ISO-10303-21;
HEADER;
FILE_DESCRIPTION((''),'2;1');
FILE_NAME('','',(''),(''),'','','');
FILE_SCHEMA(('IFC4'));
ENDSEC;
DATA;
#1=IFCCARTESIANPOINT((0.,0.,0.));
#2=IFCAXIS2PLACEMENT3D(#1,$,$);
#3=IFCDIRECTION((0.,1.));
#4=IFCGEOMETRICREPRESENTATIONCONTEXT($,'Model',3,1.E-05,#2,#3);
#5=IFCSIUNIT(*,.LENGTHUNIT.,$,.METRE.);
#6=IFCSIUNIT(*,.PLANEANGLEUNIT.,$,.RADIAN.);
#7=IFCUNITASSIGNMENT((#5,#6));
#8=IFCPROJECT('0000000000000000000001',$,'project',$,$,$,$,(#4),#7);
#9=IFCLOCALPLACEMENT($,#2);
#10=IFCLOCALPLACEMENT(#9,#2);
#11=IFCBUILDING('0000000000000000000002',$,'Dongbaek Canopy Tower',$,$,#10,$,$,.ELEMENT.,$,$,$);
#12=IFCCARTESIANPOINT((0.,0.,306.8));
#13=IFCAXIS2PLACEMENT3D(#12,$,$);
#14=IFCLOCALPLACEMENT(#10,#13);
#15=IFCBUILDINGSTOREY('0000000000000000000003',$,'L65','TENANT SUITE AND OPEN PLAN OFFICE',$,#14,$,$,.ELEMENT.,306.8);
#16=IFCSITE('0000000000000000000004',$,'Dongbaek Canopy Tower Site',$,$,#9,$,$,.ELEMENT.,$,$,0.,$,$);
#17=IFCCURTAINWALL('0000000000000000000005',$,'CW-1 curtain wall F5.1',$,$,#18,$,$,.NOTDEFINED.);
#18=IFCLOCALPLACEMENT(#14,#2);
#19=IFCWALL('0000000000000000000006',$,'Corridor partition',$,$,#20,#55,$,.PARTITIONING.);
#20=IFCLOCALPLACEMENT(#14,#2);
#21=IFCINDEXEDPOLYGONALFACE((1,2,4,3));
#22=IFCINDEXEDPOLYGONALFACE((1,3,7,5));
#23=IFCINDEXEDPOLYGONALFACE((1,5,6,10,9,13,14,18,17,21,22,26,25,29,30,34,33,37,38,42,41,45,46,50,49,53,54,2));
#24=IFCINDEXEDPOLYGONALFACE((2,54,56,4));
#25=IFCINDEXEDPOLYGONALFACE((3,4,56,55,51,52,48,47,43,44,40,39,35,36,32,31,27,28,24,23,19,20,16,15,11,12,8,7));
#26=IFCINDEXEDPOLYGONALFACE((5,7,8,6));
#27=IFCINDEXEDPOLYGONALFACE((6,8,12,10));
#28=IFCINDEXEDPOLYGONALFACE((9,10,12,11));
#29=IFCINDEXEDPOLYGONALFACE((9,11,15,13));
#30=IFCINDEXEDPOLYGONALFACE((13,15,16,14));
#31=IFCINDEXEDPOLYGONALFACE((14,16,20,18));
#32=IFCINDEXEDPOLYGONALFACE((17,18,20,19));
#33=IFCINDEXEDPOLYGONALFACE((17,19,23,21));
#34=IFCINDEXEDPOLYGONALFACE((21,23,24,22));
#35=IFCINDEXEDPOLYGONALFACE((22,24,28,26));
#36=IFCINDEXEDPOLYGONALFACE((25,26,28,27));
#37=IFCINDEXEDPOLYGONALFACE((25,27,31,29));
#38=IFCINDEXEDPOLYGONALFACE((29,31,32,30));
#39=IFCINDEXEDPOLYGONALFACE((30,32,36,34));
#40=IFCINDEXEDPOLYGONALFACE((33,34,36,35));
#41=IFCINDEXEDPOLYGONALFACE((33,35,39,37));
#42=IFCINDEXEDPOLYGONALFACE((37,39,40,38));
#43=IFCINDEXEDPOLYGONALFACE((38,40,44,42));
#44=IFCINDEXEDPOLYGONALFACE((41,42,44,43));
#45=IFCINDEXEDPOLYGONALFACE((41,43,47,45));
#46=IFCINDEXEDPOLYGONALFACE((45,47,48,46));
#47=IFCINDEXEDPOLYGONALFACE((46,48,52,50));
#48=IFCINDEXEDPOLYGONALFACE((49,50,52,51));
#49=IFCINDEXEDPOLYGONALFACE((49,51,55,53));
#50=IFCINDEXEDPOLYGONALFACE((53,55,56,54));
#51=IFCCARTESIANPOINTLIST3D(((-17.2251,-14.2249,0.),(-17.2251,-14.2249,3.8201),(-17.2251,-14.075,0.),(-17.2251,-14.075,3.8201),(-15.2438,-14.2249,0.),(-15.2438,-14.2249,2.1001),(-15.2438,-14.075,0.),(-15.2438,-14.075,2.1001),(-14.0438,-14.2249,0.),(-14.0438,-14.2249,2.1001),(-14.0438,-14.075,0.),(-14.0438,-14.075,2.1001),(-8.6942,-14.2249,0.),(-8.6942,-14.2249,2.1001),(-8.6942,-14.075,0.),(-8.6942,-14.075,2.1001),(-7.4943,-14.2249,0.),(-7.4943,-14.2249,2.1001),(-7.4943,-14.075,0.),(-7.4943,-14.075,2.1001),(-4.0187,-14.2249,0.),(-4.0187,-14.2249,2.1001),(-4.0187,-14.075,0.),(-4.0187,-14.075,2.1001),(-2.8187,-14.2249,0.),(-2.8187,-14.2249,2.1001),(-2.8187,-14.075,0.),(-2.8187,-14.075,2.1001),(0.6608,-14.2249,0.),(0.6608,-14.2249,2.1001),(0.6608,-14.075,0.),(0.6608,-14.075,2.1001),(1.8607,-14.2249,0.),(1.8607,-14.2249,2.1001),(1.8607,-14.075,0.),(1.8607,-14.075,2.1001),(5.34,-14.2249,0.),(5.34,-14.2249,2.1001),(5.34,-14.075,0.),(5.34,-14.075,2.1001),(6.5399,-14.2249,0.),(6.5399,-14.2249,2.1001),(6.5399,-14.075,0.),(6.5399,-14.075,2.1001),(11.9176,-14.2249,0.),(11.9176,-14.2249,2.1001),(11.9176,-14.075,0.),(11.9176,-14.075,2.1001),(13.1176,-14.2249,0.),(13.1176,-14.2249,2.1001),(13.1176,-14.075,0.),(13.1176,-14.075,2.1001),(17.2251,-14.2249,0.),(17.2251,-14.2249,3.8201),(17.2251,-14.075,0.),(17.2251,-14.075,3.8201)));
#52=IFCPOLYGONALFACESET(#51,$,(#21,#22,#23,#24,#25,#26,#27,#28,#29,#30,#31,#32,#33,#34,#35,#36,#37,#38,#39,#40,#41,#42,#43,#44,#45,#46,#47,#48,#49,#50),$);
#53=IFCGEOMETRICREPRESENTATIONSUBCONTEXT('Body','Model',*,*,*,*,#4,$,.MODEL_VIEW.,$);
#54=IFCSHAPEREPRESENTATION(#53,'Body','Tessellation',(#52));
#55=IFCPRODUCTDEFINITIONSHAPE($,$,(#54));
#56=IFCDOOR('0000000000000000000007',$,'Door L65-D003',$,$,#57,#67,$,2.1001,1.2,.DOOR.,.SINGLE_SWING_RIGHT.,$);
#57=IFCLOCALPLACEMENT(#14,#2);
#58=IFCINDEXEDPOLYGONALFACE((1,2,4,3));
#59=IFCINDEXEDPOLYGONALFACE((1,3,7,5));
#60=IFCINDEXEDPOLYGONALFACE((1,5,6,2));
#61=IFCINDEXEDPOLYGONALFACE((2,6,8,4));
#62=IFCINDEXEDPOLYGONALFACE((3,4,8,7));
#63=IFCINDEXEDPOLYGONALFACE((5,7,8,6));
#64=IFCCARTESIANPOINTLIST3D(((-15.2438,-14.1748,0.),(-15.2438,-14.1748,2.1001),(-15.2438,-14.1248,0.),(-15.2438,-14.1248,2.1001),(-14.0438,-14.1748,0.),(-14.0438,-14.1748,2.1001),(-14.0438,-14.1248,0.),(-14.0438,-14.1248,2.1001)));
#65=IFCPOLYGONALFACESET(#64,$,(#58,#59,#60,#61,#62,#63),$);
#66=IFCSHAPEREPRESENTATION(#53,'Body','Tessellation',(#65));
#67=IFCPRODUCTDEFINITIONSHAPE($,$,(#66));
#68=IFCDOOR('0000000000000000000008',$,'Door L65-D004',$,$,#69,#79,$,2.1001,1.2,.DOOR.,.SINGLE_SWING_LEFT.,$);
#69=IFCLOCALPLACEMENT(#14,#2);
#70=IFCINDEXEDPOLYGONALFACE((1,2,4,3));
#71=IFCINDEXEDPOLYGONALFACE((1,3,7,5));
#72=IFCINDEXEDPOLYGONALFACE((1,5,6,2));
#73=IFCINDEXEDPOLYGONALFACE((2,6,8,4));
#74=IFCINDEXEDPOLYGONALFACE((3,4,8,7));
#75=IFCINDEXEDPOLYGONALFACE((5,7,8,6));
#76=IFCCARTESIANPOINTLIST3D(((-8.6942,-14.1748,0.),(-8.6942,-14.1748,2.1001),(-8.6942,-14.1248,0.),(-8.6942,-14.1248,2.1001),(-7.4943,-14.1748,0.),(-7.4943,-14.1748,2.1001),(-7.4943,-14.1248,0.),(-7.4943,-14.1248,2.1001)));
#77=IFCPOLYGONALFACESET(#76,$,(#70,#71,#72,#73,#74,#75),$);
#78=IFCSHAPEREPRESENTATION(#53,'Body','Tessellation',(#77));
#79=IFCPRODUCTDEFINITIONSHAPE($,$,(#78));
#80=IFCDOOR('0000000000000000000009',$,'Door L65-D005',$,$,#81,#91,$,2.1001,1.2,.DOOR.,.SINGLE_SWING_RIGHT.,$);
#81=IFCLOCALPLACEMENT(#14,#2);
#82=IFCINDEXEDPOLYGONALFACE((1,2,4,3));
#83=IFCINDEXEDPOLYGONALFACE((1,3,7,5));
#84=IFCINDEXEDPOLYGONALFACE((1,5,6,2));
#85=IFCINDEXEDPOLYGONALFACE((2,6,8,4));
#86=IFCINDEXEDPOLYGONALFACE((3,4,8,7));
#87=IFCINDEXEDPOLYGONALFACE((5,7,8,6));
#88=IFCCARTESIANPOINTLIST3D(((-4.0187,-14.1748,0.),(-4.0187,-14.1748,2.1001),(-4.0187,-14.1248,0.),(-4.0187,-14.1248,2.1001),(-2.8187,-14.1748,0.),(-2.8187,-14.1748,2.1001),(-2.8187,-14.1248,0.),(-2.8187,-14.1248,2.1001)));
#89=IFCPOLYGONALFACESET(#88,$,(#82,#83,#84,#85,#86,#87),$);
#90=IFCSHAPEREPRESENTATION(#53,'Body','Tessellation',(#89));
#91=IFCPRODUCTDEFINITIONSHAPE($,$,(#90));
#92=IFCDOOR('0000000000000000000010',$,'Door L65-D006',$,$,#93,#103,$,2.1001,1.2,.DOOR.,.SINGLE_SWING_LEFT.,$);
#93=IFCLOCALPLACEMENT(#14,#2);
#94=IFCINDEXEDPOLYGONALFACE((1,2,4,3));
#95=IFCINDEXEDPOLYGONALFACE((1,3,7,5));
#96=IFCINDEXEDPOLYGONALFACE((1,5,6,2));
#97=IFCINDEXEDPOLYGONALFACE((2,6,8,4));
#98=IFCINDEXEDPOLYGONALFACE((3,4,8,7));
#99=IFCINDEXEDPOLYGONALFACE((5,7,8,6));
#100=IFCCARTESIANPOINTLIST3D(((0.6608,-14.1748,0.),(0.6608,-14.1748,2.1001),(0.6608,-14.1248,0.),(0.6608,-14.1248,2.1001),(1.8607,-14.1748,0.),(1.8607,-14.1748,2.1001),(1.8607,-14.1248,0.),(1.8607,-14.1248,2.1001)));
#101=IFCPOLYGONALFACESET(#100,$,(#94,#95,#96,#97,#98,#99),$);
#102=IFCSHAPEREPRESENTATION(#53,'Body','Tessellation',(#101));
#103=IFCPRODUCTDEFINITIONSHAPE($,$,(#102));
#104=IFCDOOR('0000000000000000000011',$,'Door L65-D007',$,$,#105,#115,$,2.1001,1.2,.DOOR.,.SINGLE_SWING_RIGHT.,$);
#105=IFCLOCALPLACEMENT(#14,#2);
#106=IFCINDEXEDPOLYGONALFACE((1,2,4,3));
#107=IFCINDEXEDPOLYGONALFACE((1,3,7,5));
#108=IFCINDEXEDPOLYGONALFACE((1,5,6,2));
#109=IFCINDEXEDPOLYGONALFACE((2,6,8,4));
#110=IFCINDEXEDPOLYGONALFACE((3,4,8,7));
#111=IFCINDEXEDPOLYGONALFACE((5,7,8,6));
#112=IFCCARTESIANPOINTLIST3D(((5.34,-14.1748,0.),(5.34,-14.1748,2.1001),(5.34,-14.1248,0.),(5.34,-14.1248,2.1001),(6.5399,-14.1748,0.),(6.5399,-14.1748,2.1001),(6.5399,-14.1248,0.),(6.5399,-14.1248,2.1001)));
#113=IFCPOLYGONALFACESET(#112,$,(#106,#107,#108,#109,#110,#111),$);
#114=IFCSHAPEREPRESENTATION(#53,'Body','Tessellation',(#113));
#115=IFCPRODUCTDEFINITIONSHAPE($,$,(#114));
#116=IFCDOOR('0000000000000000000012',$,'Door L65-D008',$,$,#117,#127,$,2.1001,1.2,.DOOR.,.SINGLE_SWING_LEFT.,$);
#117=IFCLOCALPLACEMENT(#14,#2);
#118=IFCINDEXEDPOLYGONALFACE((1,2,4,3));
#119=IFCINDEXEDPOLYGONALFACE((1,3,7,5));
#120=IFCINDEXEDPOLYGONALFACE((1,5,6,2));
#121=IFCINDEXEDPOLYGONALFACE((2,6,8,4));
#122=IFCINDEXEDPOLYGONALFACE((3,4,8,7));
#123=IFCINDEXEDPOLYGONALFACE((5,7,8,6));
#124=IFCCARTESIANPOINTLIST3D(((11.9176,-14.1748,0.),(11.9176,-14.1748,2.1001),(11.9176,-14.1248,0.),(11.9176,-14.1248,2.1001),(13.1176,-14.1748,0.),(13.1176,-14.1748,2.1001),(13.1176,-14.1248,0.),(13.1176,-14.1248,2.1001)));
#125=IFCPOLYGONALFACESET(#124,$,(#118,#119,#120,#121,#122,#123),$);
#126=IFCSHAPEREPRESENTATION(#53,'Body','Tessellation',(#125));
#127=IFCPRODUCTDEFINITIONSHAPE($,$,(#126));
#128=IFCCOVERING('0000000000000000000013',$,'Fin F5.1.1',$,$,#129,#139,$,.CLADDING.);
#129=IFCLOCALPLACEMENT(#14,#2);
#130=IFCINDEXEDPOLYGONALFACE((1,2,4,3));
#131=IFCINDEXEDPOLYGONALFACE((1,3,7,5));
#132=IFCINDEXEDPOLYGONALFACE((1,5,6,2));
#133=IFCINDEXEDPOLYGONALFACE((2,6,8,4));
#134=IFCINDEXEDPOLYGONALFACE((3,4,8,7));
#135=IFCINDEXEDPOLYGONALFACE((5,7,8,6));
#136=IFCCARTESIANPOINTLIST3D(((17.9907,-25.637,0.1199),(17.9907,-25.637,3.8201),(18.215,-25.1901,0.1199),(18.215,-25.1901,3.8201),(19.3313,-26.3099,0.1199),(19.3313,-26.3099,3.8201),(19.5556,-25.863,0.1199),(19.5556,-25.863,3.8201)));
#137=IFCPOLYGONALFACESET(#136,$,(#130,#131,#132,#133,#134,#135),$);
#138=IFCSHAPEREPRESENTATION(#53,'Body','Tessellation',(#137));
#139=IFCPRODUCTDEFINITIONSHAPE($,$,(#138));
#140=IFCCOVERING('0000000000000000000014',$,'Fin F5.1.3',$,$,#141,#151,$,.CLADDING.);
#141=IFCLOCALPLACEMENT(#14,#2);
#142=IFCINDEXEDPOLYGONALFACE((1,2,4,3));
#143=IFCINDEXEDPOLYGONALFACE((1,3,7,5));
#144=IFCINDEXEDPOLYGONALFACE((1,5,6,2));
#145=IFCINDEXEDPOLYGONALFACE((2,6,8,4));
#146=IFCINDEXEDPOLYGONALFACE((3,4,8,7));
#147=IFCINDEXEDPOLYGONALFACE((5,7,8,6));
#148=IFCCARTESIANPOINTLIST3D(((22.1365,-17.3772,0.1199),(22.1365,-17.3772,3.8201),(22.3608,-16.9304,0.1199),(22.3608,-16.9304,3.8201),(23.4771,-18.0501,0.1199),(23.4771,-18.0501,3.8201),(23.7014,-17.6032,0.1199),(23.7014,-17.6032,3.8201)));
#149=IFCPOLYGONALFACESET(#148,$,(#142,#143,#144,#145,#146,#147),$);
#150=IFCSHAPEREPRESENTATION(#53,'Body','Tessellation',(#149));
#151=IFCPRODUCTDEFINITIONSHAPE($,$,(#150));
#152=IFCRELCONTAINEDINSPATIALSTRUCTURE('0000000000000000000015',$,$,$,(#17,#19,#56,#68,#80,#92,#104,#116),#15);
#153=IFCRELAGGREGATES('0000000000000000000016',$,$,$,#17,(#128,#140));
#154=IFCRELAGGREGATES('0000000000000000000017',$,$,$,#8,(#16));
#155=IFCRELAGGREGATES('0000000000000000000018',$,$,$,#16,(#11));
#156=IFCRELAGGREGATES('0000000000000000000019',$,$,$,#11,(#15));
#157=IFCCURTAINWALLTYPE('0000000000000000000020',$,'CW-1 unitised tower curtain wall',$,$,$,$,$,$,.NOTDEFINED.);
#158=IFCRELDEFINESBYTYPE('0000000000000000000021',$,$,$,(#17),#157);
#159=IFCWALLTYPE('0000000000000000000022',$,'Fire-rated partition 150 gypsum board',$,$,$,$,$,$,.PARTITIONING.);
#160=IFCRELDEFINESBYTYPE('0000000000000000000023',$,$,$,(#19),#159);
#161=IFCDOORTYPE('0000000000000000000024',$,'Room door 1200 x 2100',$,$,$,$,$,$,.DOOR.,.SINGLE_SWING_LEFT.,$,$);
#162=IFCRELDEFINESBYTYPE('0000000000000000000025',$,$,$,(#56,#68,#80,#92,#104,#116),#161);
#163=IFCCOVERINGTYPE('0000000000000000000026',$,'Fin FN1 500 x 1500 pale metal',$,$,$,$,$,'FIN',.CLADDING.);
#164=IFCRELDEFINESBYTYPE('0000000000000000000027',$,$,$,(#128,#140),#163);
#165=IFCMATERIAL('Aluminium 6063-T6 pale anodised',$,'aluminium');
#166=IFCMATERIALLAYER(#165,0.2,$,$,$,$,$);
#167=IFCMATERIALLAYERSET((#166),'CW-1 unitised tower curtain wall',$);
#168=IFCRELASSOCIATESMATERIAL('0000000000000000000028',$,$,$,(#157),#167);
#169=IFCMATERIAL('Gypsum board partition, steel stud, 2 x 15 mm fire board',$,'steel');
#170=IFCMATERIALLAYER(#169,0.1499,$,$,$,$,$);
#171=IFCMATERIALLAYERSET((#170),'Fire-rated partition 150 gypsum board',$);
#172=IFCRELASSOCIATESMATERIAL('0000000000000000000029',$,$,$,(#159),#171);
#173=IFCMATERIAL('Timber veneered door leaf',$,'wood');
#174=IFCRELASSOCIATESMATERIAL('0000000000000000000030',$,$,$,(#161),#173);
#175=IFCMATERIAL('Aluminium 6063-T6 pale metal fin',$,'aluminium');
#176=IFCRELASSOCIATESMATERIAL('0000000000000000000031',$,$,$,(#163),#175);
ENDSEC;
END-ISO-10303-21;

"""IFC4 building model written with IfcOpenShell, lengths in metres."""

from ifc_helpers import new_model, si_unit, direction, frame, frame_2d, origin, origin_2d, place, context, subcontext, project, spatial, rectangle, extrude, material, layer, layer_set, material_profile, profile_set, type_object, element, fill, aggregate, save


model = new_model("IFC4")

# Units and contexts
model_context = context("Model", 3, precision=1e-05, world=origin(), true_north=direction((0.0, 1.0)))
body_context = subcontext(model_context, "Body", "Model", "MODEL_VIEW")
ifc_project = project(units=[si_unit("LENGTHUNIT", "METRE"), si_unit("PLANEANGLEUNIT", "RADIAN")], contexts=[model_context])

# Site, building, storey
site_placement = place(None, origin())
site = spatial("IfcSite", under=ifc_project, at=site_placement, Name="Dongbaek Canopy Tower Site", CompositionType="ELEMENT", RefElevation=0.0)
building_placement = place(site_placement, origin())
building = spatial("IfcBuilding", under=site, at=building_placement, Name="Dongbaek Canopy Tower", CompositionType="ELEMENT")
storey_placement = place(building_placement, frame((0.0, 0.0, 306.8)))
storey = spatial("IfcBuildingStorey", under=building, at=storey_placement, Name="L65", Description="TENANT SUITE AND OPEN PLAN OFFICE", CompositionType="ELEMENT", Elevation=306.8)

# Curtain wall
ifc_material_1 = material(Name="Aluminium 6063-T6 pale anodised", Category="aluminium")
ifc_layer_1 = layer(ifc_material_1, 0.2)
ifc_layer_set_1 = layer_set([ifc_layer_1], Name="CW-1 unitised tower curtain wall")
curtain_wall_type = type_object("IfcCurtainWallType", Name="CW-1 unitised tower curtain wall", PredefinedType="NOTDEFINED", material=ifc_layer_set_1)
curtain_wall_1_placement = place(storey_placement, origin())
curtain_wall_1 = element("IfcCurtainWall", 1, at=curtain_wall_1_placement, inside=storey, type_object=curtain_wall_type, Name="CW-1 curtain wall F5.1", PredefinedType="NOTDEFINED")

# Wall, openings, doors
ifc_material_2 = material(Name="Gypsum board partition, steel stud, 2 x 15 mm fire board", Category="steel")
ifc_layer_2 = layer(ifc_material_2, 0.1499)
ifc_layer_set_2 = layer_set([ifc_layer_2], Name="Fire-rated partition 150 gypsum board")
wall_type = type_object("IfcWallType", Name="Fire-rated partition 150 gypsum board", PredefinedType="PARTITIONING", material=ifc_layer_set_2)
wall_placement = place(storey_placement, frame((17.2251, -14.1499, 0.0), z_axis=(0.0, 0.0, 1.0), x_axis=(-1.0, 0.0, 0.0)))
wall = element("IfcWall", 2, at=wall_placement, inside=storey, type_object=wall_type, Name="Corridor partition", PredefinedType="PARTITIONING", context=body_context, shape_type="SweptSolid", body=[
    extrude(rectangle(XDim=34.4502, YDim=0.1499, at=frame_2d((17.2251, 0.0))), origin(), (0.0, 0.0, 1.0), 3.8201),
])
opening_1_placement = place(wall_placement, frame((31.2688, 0.0, 0.0)))
opening_1 = element("IfcOpeningElement", 3, at=opening_1_placement, cuts=wall, PredefinedType="OPENING", context=body_context, shape_type="SweptSolid", body=[
    extrude(rectangle(XDim=1.2, YDim=2.1001, at=frame_2d((0.6001, 1.05))), frame((0.0, 0.085, 0.0), z_axis=(0.0, -1.0, 0.0), x_axis=(1.0, 0.0, 0.0)), (0.0, 0.0, 1.0), 0.1699),
])
opening_2_placement = place(wall_placement, frame((24.7192, 0.0, 0.0)))
opening_2 = element("IfcOpeningElement", 4, at=opening_2_placement, cuts=wall, PredefinedType="OPENING", context=body_context, shape_type="SweptSolid", body=[
    extrude(rectangle(XDim=1.2, YDim=2.1001, at=frame_2d((0.6001, 1.05))), frame((0.0, 0.085, 0.0), z_axis=(0.0, -1.0, 0.0), x_axis=(1.0, 0.0, 0.0)), (0.0, 0.0, 1.0), 0.1699),
])
opening_3_placement = place(wall_placement, frame((20.0437, 0.0, 0.0)))
opening_3 = element("IfcOpeningElement", 5, at=opening_3_placement, cuts=wall, PredefinedType="OPENING", context=body_context, shape_type="SweptSolid", body=[
    extrude(rectangle(XDim=1.2, YDim=2.1001, at=frame_2d((0.6001, 1.05))), frame((0.0, 0.085, 0.0), z_axis=(0.0, -1.0, 0.0), x_axis=(1.0, 0.0, 0.0)), (0.0, 0.0, 1.0), 0.1699),
])
opening_4_placement = place(wall_placement, frame((15.3643, 0.0, 0.0)))
opening_4 = element("IfcOpeningElement", 6, at=opening_4_placement, cuts=wall, PredefinedType="OPENING", context=body_context, shape_type="SweptSolid", body=[
    extrude(rectangle(XDim=1.2, YDim=2.1001, at=frame_2d((0.6001, 1.05))), frame((0.0, 0.085, 0.0), z_axis=(0.0, -1.0, 0.0), x_axis=(1.0, 0.0, 0.0)), (0.0, 0.0, 1.0), 0.1699),
])
opening_5_placement = place(wall_placement, frame((10.6851, 0.0, 0.0)))
opening_5 = element("IfcOpeningElement", 7, at=opening_5_placement, cuts=wall, PredefinedType="OPENING", context=body_context, shape_type="SweptSolid", body=[
    extrude(rectangle(XDim=1.2, YDim=2.1001, at=frame_2d((0.6001, 1.05))), frame((0.0, 0.085, 0.0), z_axis=(0.0, -1.0, 0.0), x_axis=(1.0, 0.0, 0.0)), (0.0, 0.0, 1.0), 0.1699),
])
opening_6_placement = place(wall_placement, frame((4.1074, 0.0, 0.0)))
opening_6 = element("IfcOpeningElement", 8, at=opening_6_placement, cuts=wall, PredefinedType="OPENING", context=body_context, shape_type="SweptSolid", body=[
    extrude(rectangle(XDim=1.2, YDim=2.1001, at=frame_2d((0.6001, 1.05))), frame((0.0, 0.085, 0.0), z_axis=(0.0, -1.0, 0.0), x_axis=(1.0, 0.0, 0.0)), (0.0, 0.0, 1.0), 0.1699),
])
ifc_material_3 = material(Name="Timber veneered door leaf", Category="wood")
door_type = type_object("IfcDoorType", Name="Room door 1200 x 2100", OperationType="SINGLE_SWING_LEFT", PredefinedType="DOOR", material=ifc_material_3)
door_1_placement = place(opening_1_placement, origin())
door_1 = element("IfcDoor", 9, at=door_1_placement, inside=storey, type_object=door_type, Name="Door L65-D003", OperationType="SINGLE_SWING_RIGHT", OverallHeight=2.1001, OverallWidth=1.2, PredefinedType="DOOR", context=body_context, shape_type="SweptSolid", body=[
    extrude(rectangle(XDim=1.2, YDim=2.1001, at=frame_2d((0.6001, 1.05))), frame((0.0, 0.0249, 0.0), z_axis=(0.0, -1.0, 0.0), x_axis=(1.0, 0.0, 0.0)), (0.0, 0.0, 1.0), 0.05),
])
fill(opening_1, door_1)
door_2_placement = place(opening_2_placement, origin())
door_2 = element("IfcDoor", 10, at=door_2_placement, inside=storey, type_object=door_type, Name="Door L65-D004", OperationType="SINGLE_SWING_LEFT", OverallHeight=2.1001, OverallWidth=1.2, PredefinedType="DOOR", context=body_context, shape_type="SweptSolid", body=[
    extrude(rectangle(XDim=1.2, YDim=2.1001, at=frame_2d((0.6001, 1.05))), frame((0.0, 0.0249, 0.0), z_axis=(0.0, -1.0, 0.0), x_axis=(1.0, 0.0, 0.0)), (0.0, 0.0, 1.0), 0.05),
])
fill(opening_2, door_2)
door_3_placement = place(opening_3_placement, origin())
door_3 = element("IfcDoor", 11, at=door_3_placement, inside=storey, type_object=door_type, Name="Door L65-D005", OperationType="SINGLE_SWING_RIGHT", OverallHeight=2.1001, OverallWidth=1.2, PredefinedType="DOOR", context=body_context, shape_type="SweptSolid", body=[
    extrude(rectangle(XDim=1.2, YDim=2.1001, at=frame_2d((0.6001, 1.05))), frame((0.0, 0.0249, 0.0), z_axis=(0.0, -1.0, 0.0), x_axis=(1.0, 0.0, 0.0)), (0.0, 0.0, 1.0), 0.05),
])
fill(opening_3, door_3)
door_4_placement = place(opening_4_placement, origin())
door_4 = element("IfcDoor", 12, at=door_4_placement, inside=storey, type_object=door_type, Name="Door L65-D006", OperationType="SINGLE_SWING_LEFT", OverallHeight=2.1001, OverallWidth=1.2, PredefinedType="DOOR", context=body_context, shape_type="SweptSolid", body=[
    extrude(rectangle(XDim=1.2, YDim=2.1001, at=frame_2d((0.6001, 1.05))), frame((0.0, 0.0249, 0.0), z_axis=(0.0, -1.0, 0.0), x_axis=(1.0, 0.0, 0.0)), (0.0, 0.0, 1.0), 0.05),
])
fill(opening_4, door_4)
door_5_placement = place(opening_5_placement, origin())
door_5 = element("IfcDoor", 13, at=door_5_placement, inside=storey, type_object=door_type, Name="Door L65-D007", OperationType="SINGLE_SWING_RIGHT", OverallHeight=2.1001, OverallWidth=1.2, PredefinedType="DOOR", context=body_context, shape_type="SweptSolid", body=[
    extrude(rectangle(XDim=1.2, YDim=2.1001, at=frame_2d((0.6001, 1.05))), frame((0.0, 0.0249, 0.0), z_axis=(0.0, -1.0, 0.0), x_axis=(1.0, 0.0, 0.0)), (0.0, 0.0, 1.0), 0.05),
])
fill(opening_5, door_5)
door_6_placement = place(opening_6_placement, origin())
door_6 = element("IfcDoor", 14, at=door_6_placement, inside=storey, type_object=door_type, Name="Door L65-D008", OperationType="SINGLE_SWING_LEFT", OverallHeight=2.1001, OverallWidth=1.2, PredefinedType="DOOR", context=body_context, shape_type="SweptSolid", body=[
    extrude(rectangle(XDim=1.2, YDim=2.1001, at=frame_2d((0.6001, 1.05))), frame((0.0, 0.0249, 0.0), z_axis=(0.0, -1.0, 0.0), x_axis=(1.0, 0.0, 0.0)), (0.0, 0.0, 1.0), 0.05),
])
fill(opening_6, door_6)

# Coverings
ifc_material_4 = material(Name="Aluminium 6063-T6 pale metal fin", Category="aluminium")
ifc_material_profile_1 = material_profile(ifc_material_4, rectangle(XDim=1.5, YDim=0.5, at=origin_2d()), Name="Fin FN1 500 x 1500 pale metal")
ifc_profile_set_1 = profile_set([ifc_material_profile_1], Name="Aluminium 6063-T6 pale metal fin")
covering_type = type_object("IfcCoveringType", Name="Fin FN1 500 x 1500 pale metal", ElementType="FIN", PredefinedType="CLADDING", material=ifc_profile_set_1)
covering_1_placement = place(storey_placement, frame((18.7732, -25.75, 0.1199), z_axis=(0.0, 0.0, 1.0), x_axis=(0.893733, -0.448598, 0.0)))
covering_1 = element("IfcCovering", 15, at=covering_1_placement, type_object=covering_type, Name="Fin F5.1.1", PredefinedType="CLADDING", context=body_context, shape_type="SweptSolid", body=[
    extrude(rectangle(XDim=1.5, YDim=0.5, at=origin_2d()), origin(), (0.0, 0.0, 1.0), 3.7002),
])
covering_2_placement = place(storey_placement, frame((22.9189, -17.4902, 0.1199), z_axis=(0.0, 0.0, 1.0), x_axis=(0.893733, -0.448598, 0.0)))
covering_2 = element("IfcCovering", 16, at=covering_2_placement, type_object=covering_type, Name="Fin F5.1.3", PredefinedType="CLADDING", context=body_context, shape_type="SweptSolid", body=[
    extrude(rectangle(XDim=1.5, YDim=0.5, at=origin_2d()), origin(), (0.0, 0.0, 1.0), 3.7002),
])
aggregate(curtain_wall_1, [covering_1, covering_2])

save(model, "model.ifc")
